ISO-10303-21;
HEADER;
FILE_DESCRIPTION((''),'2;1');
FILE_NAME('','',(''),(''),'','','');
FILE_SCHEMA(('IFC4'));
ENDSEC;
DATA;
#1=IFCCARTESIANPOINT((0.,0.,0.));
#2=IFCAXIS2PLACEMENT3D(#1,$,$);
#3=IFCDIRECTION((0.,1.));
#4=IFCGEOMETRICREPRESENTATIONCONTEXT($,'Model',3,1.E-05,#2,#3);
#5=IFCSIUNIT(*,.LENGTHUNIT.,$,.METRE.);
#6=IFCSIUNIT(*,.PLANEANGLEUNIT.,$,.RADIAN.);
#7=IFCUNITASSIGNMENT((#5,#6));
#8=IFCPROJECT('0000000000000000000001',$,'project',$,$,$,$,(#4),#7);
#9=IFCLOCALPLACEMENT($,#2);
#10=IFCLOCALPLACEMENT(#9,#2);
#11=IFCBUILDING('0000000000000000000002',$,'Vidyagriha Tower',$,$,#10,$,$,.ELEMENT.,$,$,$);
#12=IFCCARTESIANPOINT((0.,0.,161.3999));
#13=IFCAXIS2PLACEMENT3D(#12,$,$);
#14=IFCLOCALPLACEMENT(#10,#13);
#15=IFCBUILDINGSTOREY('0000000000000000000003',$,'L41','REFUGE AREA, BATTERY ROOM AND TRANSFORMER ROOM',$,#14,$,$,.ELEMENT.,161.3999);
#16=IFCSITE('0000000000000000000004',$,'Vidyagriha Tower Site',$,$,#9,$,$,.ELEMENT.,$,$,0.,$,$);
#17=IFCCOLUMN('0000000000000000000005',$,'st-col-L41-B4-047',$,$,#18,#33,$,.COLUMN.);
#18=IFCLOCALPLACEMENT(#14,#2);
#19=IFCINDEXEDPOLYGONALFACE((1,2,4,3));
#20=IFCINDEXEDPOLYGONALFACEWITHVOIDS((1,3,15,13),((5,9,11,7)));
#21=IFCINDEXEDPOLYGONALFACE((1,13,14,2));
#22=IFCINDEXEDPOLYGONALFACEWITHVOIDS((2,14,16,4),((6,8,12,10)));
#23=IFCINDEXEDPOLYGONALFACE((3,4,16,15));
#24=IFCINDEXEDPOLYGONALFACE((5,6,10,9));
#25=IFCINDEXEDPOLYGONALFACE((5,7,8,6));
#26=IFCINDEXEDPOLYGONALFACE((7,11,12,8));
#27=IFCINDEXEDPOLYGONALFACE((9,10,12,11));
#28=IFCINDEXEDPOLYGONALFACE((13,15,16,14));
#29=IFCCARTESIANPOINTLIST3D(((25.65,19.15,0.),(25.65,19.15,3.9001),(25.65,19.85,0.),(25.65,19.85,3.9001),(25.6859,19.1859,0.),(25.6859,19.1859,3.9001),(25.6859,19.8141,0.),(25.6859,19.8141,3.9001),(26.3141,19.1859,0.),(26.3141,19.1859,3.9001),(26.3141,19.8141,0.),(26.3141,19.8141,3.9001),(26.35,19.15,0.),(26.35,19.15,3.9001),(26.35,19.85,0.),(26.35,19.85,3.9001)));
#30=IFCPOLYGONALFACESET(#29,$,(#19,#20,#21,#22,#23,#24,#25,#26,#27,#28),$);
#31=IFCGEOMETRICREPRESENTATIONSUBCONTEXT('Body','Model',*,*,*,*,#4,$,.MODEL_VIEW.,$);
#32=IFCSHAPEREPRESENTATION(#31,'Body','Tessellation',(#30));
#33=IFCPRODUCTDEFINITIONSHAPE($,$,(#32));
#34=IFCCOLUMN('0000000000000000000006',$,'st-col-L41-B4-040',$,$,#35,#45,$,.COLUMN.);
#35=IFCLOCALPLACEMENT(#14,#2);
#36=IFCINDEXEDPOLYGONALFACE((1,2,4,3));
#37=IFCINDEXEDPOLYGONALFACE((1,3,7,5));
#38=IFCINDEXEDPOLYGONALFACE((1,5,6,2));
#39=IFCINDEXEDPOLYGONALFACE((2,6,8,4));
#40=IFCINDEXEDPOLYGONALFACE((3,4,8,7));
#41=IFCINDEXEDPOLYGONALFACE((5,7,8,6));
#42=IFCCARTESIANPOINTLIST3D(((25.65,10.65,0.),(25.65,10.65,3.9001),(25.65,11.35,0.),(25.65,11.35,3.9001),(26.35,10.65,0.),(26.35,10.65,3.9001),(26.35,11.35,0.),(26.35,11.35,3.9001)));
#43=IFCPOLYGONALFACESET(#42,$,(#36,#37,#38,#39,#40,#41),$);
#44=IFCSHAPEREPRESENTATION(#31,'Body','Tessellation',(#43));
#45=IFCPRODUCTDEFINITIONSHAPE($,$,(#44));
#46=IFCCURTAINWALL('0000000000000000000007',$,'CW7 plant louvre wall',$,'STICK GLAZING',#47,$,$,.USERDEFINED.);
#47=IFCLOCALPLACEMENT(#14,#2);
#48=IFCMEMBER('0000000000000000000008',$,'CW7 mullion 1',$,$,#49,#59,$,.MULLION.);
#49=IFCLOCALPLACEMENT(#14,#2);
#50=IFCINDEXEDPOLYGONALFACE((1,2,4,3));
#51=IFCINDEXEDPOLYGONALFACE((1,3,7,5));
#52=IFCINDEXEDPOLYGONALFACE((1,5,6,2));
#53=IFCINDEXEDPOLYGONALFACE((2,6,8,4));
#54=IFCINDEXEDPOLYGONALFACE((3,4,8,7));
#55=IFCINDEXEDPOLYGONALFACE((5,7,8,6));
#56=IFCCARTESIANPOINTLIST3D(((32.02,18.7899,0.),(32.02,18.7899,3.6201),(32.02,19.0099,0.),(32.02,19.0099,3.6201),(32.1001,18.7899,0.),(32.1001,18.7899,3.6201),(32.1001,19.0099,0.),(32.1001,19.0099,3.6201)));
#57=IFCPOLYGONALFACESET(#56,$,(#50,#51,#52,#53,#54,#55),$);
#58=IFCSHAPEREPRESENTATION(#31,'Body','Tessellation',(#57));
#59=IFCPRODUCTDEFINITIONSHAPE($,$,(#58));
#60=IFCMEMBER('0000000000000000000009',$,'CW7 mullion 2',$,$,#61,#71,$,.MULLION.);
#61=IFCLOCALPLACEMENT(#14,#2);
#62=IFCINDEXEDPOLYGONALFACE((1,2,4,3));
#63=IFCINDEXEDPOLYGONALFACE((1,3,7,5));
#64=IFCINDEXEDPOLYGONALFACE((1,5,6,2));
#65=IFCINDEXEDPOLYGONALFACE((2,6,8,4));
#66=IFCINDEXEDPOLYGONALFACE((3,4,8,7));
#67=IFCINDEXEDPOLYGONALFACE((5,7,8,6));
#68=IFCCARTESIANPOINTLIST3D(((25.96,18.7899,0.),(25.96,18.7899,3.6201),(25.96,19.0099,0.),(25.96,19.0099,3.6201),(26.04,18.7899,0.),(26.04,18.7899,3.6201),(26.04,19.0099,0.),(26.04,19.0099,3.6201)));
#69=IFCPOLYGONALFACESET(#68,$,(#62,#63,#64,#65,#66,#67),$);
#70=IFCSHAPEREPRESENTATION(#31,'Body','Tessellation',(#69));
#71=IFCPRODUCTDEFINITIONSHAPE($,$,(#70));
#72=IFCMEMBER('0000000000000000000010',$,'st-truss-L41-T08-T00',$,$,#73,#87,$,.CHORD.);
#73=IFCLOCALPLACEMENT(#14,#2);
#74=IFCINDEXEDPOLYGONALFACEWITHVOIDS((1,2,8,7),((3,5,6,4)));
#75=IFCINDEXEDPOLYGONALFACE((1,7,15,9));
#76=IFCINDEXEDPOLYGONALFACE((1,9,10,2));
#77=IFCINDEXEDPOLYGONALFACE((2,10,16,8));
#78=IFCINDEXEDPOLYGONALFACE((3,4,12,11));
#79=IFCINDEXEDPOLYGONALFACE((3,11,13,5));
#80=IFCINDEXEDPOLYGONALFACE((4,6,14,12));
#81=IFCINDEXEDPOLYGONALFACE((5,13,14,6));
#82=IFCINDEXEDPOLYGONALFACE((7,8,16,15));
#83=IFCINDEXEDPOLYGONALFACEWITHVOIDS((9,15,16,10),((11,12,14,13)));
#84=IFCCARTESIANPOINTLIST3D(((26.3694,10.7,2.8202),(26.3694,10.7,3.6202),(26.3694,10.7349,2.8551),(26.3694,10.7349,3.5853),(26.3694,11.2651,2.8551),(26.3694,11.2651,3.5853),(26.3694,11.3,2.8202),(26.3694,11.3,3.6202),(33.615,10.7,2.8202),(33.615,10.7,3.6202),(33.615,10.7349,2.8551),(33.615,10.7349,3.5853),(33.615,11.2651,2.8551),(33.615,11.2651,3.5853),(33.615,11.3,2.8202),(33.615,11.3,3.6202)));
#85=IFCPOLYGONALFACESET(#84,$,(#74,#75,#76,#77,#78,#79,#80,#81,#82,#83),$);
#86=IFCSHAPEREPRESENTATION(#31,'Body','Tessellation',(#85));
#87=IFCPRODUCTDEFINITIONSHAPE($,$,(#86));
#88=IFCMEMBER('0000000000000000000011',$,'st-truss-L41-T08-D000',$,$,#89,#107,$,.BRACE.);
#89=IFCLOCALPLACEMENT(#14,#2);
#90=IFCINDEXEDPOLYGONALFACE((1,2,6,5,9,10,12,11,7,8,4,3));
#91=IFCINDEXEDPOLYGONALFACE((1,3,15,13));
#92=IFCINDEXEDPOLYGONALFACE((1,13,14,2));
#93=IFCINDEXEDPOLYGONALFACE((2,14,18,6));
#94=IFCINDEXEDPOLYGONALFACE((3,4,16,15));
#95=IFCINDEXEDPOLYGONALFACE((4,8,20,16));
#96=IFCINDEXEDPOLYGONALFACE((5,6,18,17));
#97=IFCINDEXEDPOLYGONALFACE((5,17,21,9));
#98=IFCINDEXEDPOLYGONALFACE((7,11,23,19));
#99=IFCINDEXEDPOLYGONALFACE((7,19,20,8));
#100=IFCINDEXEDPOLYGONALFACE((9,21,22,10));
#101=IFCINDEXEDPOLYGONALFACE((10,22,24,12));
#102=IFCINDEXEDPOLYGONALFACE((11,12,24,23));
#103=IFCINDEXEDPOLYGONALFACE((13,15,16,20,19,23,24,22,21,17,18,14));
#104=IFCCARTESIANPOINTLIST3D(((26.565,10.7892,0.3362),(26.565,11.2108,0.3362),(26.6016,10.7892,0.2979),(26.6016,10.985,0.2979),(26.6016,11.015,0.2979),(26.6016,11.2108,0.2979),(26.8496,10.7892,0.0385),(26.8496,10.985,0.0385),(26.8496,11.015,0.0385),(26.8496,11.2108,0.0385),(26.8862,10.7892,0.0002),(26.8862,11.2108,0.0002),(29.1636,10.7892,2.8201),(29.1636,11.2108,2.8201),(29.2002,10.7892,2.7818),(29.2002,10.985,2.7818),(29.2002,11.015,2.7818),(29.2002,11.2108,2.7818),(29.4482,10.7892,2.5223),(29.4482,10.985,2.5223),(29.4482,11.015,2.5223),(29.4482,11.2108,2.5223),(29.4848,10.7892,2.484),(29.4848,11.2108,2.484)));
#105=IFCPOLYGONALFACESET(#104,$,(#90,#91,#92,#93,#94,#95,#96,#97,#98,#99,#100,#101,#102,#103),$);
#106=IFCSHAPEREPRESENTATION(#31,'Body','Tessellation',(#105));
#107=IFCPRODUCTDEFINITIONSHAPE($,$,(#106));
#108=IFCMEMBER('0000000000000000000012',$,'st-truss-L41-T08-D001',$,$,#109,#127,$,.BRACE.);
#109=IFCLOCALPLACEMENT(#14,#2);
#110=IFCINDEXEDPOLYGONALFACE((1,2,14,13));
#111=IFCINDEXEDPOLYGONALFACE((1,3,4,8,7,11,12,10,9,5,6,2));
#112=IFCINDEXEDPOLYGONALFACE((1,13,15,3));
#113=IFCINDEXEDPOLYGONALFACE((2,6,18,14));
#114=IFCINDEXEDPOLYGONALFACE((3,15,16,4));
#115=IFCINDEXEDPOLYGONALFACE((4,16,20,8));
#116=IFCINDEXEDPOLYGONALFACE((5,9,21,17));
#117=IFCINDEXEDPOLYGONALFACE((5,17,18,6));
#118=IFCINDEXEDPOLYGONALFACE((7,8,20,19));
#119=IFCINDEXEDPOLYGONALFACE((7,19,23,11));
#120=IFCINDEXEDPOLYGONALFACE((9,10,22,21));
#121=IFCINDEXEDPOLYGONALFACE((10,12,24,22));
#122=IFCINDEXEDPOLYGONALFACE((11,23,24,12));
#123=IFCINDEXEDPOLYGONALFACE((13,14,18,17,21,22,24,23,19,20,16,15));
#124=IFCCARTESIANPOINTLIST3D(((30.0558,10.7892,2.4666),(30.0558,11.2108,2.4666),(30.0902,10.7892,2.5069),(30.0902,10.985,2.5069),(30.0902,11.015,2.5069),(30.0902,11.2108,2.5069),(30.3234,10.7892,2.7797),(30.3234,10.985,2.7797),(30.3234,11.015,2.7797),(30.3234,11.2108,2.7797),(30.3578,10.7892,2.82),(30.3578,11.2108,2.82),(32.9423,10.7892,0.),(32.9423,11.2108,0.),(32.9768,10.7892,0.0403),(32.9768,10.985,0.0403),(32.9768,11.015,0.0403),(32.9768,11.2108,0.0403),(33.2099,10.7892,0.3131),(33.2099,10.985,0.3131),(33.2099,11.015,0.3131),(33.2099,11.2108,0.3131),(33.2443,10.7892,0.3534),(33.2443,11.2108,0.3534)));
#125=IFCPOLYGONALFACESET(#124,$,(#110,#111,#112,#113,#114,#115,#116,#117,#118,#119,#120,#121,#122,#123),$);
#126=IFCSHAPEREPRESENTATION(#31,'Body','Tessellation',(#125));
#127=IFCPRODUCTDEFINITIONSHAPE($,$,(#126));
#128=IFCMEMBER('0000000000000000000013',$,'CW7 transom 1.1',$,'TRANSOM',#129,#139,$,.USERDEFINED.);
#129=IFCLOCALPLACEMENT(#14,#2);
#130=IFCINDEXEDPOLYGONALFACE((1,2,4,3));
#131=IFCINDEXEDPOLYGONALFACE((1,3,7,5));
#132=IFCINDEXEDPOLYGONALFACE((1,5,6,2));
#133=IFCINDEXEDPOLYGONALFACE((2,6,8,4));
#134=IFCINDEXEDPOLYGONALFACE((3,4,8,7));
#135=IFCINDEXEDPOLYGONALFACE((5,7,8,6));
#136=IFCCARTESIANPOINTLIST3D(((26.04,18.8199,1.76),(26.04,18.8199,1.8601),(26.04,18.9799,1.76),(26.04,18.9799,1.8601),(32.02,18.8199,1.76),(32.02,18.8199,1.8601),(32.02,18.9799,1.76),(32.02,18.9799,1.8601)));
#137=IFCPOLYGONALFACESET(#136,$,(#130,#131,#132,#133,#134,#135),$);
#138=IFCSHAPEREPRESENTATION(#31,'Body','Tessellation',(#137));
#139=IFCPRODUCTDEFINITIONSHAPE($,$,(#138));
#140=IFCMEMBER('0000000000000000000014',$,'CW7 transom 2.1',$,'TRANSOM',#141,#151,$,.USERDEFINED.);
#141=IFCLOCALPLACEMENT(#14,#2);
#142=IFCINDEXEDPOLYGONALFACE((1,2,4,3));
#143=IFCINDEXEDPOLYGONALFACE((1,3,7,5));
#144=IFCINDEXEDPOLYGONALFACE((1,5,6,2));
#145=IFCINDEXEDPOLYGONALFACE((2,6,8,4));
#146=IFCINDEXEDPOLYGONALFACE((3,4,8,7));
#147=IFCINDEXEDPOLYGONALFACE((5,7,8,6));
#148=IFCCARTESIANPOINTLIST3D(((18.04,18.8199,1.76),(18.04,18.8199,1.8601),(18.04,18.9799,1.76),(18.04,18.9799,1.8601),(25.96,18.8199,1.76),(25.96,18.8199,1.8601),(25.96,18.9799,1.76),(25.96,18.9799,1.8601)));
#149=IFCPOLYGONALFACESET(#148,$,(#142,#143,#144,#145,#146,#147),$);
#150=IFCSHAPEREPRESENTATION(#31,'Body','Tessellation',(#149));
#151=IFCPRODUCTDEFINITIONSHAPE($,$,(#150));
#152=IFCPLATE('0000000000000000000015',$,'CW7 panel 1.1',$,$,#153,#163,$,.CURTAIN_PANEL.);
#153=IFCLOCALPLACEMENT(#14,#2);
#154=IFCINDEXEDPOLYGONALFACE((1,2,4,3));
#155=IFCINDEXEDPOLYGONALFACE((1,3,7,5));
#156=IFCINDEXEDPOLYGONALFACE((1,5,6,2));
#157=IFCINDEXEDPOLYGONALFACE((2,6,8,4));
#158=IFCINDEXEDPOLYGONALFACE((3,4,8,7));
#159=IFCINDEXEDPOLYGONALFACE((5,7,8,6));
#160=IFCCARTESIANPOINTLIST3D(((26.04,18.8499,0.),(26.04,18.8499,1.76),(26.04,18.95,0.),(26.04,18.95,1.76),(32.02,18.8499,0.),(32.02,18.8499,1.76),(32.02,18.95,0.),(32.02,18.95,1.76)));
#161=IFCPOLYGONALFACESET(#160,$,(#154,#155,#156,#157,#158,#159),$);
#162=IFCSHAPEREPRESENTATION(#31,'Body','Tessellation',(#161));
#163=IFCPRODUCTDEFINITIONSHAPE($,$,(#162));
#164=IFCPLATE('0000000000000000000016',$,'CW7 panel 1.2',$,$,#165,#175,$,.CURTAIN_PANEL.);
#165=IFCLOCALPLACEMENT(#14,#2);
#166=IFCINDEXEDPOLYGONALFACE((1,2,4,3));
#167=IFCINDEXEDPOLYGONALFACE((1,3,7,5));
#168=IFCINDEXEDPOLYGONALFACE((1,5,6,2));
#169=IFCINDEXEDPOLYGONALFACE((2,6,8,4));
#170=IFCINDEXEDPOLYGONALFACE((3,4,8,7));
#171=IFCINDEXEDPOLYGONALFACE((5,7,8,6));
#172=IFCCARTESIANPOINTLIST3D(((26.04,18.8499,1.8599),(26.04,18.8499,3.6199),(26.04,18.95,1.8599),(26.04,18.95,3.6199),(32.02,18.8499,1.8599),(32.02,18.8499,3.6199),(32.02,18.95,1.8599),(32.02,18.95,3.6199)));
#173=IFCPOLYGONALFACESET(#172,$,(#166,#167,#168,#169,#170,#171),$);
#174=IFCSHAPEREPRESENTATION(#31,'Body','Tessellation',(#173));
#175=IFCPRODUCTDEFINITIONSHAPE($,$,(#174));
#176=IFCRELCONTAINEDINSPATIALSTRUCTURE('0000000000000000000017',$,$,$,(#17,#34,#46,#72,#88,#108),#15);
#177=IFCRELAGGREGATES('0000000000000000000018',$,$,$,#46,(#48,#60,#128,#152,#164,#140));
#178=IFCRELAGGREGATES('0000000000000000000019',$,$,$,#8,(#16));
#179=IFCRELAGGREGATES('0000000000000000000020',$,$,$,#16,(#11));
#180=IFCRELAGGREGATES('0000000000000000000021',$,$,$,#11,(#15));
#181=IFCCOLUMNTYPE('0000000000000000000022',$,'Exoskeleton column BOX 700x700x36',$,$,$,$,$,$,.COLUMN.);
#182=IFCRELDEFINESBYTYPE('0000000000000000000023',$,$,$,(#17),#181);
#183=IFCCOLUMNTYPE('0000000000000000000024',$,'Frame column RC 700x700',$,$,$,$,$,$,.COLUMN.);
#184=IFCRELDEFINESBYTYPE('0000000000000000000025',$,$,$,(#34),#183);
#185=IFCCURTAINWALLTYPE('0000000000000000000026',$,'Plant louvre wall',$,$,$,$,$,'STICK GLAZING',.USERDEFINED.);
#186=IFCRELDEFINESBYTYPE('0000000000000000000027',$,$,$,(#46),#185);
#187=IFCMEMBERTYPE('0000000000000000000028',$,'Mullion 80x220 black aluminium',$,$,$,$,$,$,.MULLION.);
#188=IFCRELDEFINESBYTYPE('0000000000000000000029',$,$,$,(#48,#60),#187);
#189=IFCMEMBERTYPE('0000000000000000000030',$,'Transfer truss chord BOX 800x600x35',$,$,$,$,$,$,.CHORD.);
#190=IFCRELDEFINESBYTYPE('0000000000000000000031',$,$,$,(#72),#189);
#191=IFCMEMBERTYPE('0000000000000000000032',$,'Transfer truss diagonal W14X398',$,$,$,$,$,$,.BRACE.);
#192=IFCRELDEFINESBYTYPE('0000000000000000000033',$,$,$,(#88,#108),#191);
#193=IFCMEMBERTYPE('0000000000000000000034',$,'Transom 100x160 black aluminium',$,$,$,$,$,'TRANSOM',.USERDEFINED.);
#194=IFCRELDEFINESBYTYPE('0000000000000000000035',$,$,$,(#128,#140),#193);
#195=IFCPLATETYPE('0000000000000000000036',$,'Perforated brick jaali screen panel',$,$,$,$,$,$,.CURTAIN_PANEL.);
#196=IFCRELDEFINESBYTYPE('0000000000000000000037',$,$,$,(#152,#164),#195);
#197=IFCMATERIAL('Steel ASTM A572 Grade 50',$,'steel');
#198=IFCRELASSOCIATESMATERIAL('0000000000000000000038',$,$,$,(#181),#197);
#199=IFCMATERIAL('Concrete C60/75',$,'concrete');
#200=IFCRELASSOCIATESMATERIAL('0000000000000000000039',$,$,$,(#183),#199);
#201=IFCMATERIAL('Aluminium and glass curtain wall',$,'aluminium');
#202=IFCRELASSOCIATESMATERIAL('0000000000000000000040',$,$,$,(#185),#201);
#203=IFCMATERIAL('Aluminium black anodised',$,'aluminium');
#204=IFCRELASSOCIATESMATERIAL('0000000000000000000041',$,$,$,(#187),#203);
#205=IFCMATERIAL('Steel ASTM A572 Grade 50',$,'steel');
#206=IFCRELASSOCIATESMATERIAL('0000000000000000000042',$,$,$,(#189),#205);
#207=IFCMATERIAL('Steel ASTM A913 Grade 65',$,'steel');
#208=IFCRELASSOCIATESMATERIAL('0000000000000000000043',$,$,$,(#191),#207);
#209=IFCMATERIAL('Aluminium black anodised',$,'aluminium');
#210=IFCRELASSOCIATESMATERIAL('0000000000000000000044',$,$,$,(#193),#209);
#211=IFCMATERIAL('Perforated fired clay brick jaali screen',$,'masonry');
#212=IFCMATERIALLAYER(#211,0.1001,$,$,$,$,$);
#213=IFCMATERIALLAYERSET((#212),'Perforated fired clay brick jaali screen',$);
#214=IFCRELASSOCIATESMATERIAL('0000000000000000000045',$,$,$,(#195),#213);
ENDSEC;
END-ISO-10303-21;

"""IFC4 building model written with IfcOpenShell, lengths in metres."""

from ifc_helpers import new_model, si_unit, direction, frame, origin, origin_2d, place, context, subcontext, project, spatial, rectangle, hollow_rectangle, i_section, extrude, material, layer, layer_set, material_profile, profile_set, type_object, element, aggregate, save


model = new_model("IFC4")

# Units and contexts
model_context = context("Model", 3, precision=1e-05, world=origin(), true_north=direction((0.0, 1.0)))
body_context = subcontext(model_context, "Body", "Model", "MODEL_VIEW")
ifc_project = project(units=[si_unit("LENGTHUNIT", "METRE"), si_unit("PLANEANGLEUNIT", "RADIAN")], contexts=[model_context])

# Site, building, storey
site_placement = place(None, origin())
site = spatial("IfcSite", under=ifc_project, at=site_placement, Name="Vidyagriha Tower Site", CompositionType="ELEMENT", RefElevation=0.0)
building_placement = place(site_placement, origin())
building = spatial("IfcBuilding", under=site, at=building_placement, Name="Vidyagriha Tower", CompositionType="ELEMENT")
storey_placement = place(building_placement, frame((0.0, 0.0, 161.3999)))
storey = spatial("IfcBuildingStorey", under=building, at=storey_placement, Name="L41", Description="REFUGE AREA, BATTERY ROOM AND TRANSFORMER ROOM", CompositionType="ELEMENT", Elevation=161.3999)

# Columns
ifc_material_1 = material(Name="Steel ASTM A572 Grade 50", Category="steel")
ifc_material_profile_1 = material_profile(ifc_material_1, hollow_rectangle(XDim=0.7, YDim=0.7, WallThickness=0.0359, at=origin_2d()), Name="BOX 700x700x36")
ifc_profile_set_1 = profile_set([ifc_material_profile_1], Name="Steel ASTM A572 Grade 50")
column_type_1 = type_object("IfcColumnType", Name="Exoskeleton column BOX 700x700x36", PredefinedType="COLUMN", material=ifc_profile_set_1)
column_1_placement = place(storey_placement, frame((26.0, 19.5, 0.0)))
element("IfcColumn", 1, at=column_1_placement, inside=storey, type_object=column_type_1, Name="st-col-L41-B4-047", PredefinedType="COLUMN", context=body_context, shape_type="SweptSolid", body=[
    extrude(hollow_rectangle(XDim=0.7, YDim=0.7, WallThickness=0.0359, at=origin_2d()), origin(), (0.0, 0.0, 1.0), 3.9001),
])
ifc_material_2 = material(Name="Concrete C60/75", Category="concrete")
ifc_material_profile_2 = material_profile(ifc_material_2, rectangle(XDim=0.7, YDim=0.7, at=origin_2d()), Name="RC 700x700")
ifc_profile_set_2 = profile_set([ifc_material_profile_2], Name="Concrete C60/75")
column_type_2 = type_object("IfcColumnType", Name="Frame column RC 700x700", PredefinedType="COLUMN", material=ifc_profile_set_2)
column_2_placement = place(storey_placement, frame((26.0, 11.0, 0.0)))
element("IfcColumn", 2, at=column_2_placement, inside=storey, type_object=column_type_2, Name="st-col-L41-B4-040", PredefinedType="COLUMN", context=body_context, shape_type="SweptSolid", body=[
    extrude(rectangle(XDim=0.7, YDim=0.7, at=origin_2d()), origin(), (0.0, 0.0, 1.0), 3.9001),
])

# Curtain wall, members
ifc_material_3 = material(Name="Aluminium and glass curtain wall", Category="aluminium")
curtain_wall_type = type_object("IfcCurtainWallType", Name="Plant louvre wall", ElementType="STICK GLAZING", PredefinedType="USERDEFINED", material=ifc_material_3)
curtain_wall_placement = place(storey_placement, origin())
curtain_wall = element("IfcCurtainWall", 3, at=curtain_wall_placement, inside=storey, type_object=curtain_wall_type, Name="CW7 plant louvre wall", ObjectType="STICK GLAZING", PredefinedType="USERDEFINED")
ifc_material_4 = material(Name="Aluminium black anodised", Category="aluminium")
ifc_material_profile_3 = material_profile(ifc_material_4, rectangle(XDim=0.22, YDim=0.0801, at=origin_2d()), Name="Mullion 80x220 black aluminium")
ifc_profile_set_3 = profile_set([ifc_material_profile_3], Name="Aluminium black anodised")
member_type_1 = type_object("IfcMemberType", Name="Mullion 80x220 black aluminium", PredefinedType="MULLION", material=ifc_profile_set_3)
member_1_placement = place(storey_placement, frame((32.0601, 18.8999, 0.0), z_axis=(0.0, 0.0, 1.0), x_axis=(0.0, -1.0, 0.0)))
member_1 = element("IfcMember", 4, at=member_1_placement, type_object=member_type_1, Name="CW7 mullion 1", PredefinedType="MULLION", context=body_context, shape_type="SweptSolid", body=[
    extrude(rectangle(XDim=0.22, YDim=0.0801, at=origin_2d()), origin(), (0.0, 0.0, 1.0), 3.6201),
])
member_2_placement = place(storey_placement, frame((26.0, 18.8999, 0.0), z_axis=(0.0, 0.0, 1.0), x_axis=(0.0, -1.0, 0.0)))
member_2 = element("IfcMember", 5, at=member_2_placement, type_object=member_type_1, Name="CW7 mullion 2", PredefinedType="MULLION", context=body_context, shape_type="SweptSolid", body=[
    extrude(rectangle(XDim=0.22, YDim=0.0801, at=origin_2d()), origin(), (0.0, 0.0, 1.0), 3.6201),
])

# Members
ifc_material_5 = material(Name="Steel ASTM A572 Grade 50", Category="steel")
ifc_material_profile_4 = material_profile(ifc_material_5, hollow_rectangle(XDim=0.6001, YDim=0.8, WallThickness=0.0349, at=origin_2d()), Name="BOX 800x600x35")
ifc_profile_set_4 = profile_set([ifc_material_profile_4], Name="Steel ASTM A572 Grade 50")
member_type_2 = type_object("IfcMemberType", Name="Transfer truss chord BOX 800x600x35", PredefinedType="CHORD", material=ifc_profile_set_4)
member_3_placement = place(storey_placement, frame((26.3694, 11.0, 3.2202), z_axis=(1.0, 0.0, 0.0), x_axis=(0.0, 1.0, 0.0)))
element("IfcMember", 6, at=member_3_placement, inside=storey, type_object=member_type_2, Name="st-truss-L41-T08-T00", PredefinedType="CHORD", context=body_context, shape_type="SweptSolid", body=[
    extrude(hollow_rectangle(XDim=0.6001, YDim=0.8, WallThickness=0.0349, at=origin_2d()), origin(), (0.0, 0.0, 1.0), 7.2456),
])
ifc_material_6 = material(Name="Steel ASTM A913 Grade 65", Category="steel")
ifc_material_profile_5 = material_profile(ifc_material_6, i_section(OverallWidth=0.4216, OverallDepth=0.4648, WebThickness=0.03, FlangeThickness=0.053, at=origin_2d()), Name="W14X398")
ifc_profile_set_5 = profile_set([ifc_material_profile_5], Name="Steel ASTM A913 Grade 65")
member_type_3 = type_object("IfcMemberType", Name="Transfer truss diagonal W14X398", PredefinedType="BRACE", material=ifc_profile_set_5)
member_4_placement = place(storey_placement, frame((26.7256, 11.0, 0.1682), z_axis=(0.722887, 0.0, 0.690967), x_axis=(0.0, 1.0, 0.0)))
element("IfcMember", 7, at=member_4_placement, inside=storey, type_object=member_type_3, Name="st-truss-L41-T08-D000", PredefinedType="BRACE", context=body_context, shape_type="SweptSolid", body=[
    extrude(i_section(OverallWidth=0.4216, OverallDepth=0.4648, WebThickness=0.03, FlangeThickness=0.053, at=origin_2d()), origin(), (0.0, 0.0, 1.0), 3.5947),
])
member_5_placement = place(storey_placement, frame((30.2068, 11.0, 2.6433), z_axis=(0.760241, 0.0, -0.649642), x_axis=(0.0, 1.0, 0.0)))
element("IfcMember", 8, at=member_5_placement, inside=storey, type_object=member_type_3, Name="st-truss-L41-T08-D001", PredefinedType="BRACE", context=body_context, shape_type="SweptSolid", body=[
    extrude(i_section(OverallWidth=0.4216, OverallDepth=0.4648, WebThickness=0.03, FlangeThickness=0.053, at=origin_2d()), origin(), (0.0, 0.0, 1.0), 3.7969),
])

# Members
ifc_material_7 = material(Name="Aluminium black anodised", Category="aluminium")
ifc_material_profile_6 = material_profile(ifc_material_7, rectangle(XDim=0.1599, YDim=0.1001, at=origin_2d()), Name="Transom 100x160 black aluminium")
ifc_profile_set_6 = profile_set([ifc_material_profile_6], Name="Aluminium black anodised")
member_type_4 = type_object("IfcMemberType", Name="Transom 100x160 black aluminium", ElementType="TRANSOM", PredefinedType="USERDEFINED", material=ifc_profile_set_6)
member_6_placement = place(storey_placement, frame((32.02, 18.8999, 1.8101), z_axis=(-1.0, 0.0, 0.0), x_axis=(0.0, -1.0, 0.0)))
member_6 = element("IfcMember", 9, at=member_6_placement, type_object=member_type_4, Name="CW7 transom 1.1", ObjectType="TRANSOM", PredefinedType="USERDEFINED", context=body_context, shape_type="SweptSolid", body=[
    extrude(rectangle(XDim=0.1599, YDim=0.1001, at=origin_2d()), origin(), (0.0, 0.0, 1.0), 5.98),
])
member_7_placement = place(storey_placement, frame((25.96, 18.8999, 1.8101), z_axis=(-1.0, 0.0, 0.0), x_axis=(0.0, -1.0, 0.0)))
member_7 = element("IfcMember", 10, at=member_7_placement, type_object=member_type_4, Name="CW7 transom 2.1", ObjectType="TRANSOM", PredefinedType="USERDEFINED", context=body_context, shape_type="SweptSolid", body=[
    extrude(rectangle(XDim=0.1599, YDim=0.1001, at=origin_2d()), origin(), (0.0, 0.0, 1.0), 7.9199),
])

# Plates
ifc_material_8 = material(Name="Perforated fired clay brick jaali screen", Category="masonry")
ifc_layer_1 = layer(ifc_material_8, 0.1001)
ifc_layer_set_1 = layer_set([ifc_layer_1], Name="Perforated fired clay brick jaali screen")
plate_type = type_object("IfcPlateType", Name="Perforated brick jaali screen panel", PredefinedType="CURTAIN_PANEL", material=ifc_layer_set_1)
plate_1_placement = place(storey_placement, frame((29.03, 18.8999, 0.0), z_axis=(0.0, 0.0, 1.0), x_axis=(-1.0, 0.0, 0.0)))
plate_1 = element("IfcPlate", 11, at=plate_1_placement, type_object=plate_type, Name="CW7 panel 1.1", PredefinedType="CURTAIN_PANEL", context=body_context, shape_type="SweptSolid", body=[
    extrude(rectangle(XDim=5.98, YDim=0.1001, at=origin_2d()), origin(), (0.0, 0.0, 1.0), 1.76),
])
plate_2_placement = place(storey_placement, frame((29.03, 18.8999, 1.8599), z_axis=(0.0, 0.0, 1.0), x_axis=(-1.0, 0.0, 0.0)))
plate_2 = element("IfcPlate", 12, at=plate_2_placement, type_object=plate_type, Name="CW7 panel 1.2", PredefinedType="CURTAIN_PANEL", context=body_context, shape_type="SweptSolid", body=[
    extrude(rectangle(XDim=5.98, YDim=0.1001, at=origin_2d()), origin(), (0.0, 0.0, 1.0), 1.76),
])
aggregate(curtain_wall, [member_1, member_2, member_6, plate_1, plate_2, member_7])

save(model, "model.ifc")
